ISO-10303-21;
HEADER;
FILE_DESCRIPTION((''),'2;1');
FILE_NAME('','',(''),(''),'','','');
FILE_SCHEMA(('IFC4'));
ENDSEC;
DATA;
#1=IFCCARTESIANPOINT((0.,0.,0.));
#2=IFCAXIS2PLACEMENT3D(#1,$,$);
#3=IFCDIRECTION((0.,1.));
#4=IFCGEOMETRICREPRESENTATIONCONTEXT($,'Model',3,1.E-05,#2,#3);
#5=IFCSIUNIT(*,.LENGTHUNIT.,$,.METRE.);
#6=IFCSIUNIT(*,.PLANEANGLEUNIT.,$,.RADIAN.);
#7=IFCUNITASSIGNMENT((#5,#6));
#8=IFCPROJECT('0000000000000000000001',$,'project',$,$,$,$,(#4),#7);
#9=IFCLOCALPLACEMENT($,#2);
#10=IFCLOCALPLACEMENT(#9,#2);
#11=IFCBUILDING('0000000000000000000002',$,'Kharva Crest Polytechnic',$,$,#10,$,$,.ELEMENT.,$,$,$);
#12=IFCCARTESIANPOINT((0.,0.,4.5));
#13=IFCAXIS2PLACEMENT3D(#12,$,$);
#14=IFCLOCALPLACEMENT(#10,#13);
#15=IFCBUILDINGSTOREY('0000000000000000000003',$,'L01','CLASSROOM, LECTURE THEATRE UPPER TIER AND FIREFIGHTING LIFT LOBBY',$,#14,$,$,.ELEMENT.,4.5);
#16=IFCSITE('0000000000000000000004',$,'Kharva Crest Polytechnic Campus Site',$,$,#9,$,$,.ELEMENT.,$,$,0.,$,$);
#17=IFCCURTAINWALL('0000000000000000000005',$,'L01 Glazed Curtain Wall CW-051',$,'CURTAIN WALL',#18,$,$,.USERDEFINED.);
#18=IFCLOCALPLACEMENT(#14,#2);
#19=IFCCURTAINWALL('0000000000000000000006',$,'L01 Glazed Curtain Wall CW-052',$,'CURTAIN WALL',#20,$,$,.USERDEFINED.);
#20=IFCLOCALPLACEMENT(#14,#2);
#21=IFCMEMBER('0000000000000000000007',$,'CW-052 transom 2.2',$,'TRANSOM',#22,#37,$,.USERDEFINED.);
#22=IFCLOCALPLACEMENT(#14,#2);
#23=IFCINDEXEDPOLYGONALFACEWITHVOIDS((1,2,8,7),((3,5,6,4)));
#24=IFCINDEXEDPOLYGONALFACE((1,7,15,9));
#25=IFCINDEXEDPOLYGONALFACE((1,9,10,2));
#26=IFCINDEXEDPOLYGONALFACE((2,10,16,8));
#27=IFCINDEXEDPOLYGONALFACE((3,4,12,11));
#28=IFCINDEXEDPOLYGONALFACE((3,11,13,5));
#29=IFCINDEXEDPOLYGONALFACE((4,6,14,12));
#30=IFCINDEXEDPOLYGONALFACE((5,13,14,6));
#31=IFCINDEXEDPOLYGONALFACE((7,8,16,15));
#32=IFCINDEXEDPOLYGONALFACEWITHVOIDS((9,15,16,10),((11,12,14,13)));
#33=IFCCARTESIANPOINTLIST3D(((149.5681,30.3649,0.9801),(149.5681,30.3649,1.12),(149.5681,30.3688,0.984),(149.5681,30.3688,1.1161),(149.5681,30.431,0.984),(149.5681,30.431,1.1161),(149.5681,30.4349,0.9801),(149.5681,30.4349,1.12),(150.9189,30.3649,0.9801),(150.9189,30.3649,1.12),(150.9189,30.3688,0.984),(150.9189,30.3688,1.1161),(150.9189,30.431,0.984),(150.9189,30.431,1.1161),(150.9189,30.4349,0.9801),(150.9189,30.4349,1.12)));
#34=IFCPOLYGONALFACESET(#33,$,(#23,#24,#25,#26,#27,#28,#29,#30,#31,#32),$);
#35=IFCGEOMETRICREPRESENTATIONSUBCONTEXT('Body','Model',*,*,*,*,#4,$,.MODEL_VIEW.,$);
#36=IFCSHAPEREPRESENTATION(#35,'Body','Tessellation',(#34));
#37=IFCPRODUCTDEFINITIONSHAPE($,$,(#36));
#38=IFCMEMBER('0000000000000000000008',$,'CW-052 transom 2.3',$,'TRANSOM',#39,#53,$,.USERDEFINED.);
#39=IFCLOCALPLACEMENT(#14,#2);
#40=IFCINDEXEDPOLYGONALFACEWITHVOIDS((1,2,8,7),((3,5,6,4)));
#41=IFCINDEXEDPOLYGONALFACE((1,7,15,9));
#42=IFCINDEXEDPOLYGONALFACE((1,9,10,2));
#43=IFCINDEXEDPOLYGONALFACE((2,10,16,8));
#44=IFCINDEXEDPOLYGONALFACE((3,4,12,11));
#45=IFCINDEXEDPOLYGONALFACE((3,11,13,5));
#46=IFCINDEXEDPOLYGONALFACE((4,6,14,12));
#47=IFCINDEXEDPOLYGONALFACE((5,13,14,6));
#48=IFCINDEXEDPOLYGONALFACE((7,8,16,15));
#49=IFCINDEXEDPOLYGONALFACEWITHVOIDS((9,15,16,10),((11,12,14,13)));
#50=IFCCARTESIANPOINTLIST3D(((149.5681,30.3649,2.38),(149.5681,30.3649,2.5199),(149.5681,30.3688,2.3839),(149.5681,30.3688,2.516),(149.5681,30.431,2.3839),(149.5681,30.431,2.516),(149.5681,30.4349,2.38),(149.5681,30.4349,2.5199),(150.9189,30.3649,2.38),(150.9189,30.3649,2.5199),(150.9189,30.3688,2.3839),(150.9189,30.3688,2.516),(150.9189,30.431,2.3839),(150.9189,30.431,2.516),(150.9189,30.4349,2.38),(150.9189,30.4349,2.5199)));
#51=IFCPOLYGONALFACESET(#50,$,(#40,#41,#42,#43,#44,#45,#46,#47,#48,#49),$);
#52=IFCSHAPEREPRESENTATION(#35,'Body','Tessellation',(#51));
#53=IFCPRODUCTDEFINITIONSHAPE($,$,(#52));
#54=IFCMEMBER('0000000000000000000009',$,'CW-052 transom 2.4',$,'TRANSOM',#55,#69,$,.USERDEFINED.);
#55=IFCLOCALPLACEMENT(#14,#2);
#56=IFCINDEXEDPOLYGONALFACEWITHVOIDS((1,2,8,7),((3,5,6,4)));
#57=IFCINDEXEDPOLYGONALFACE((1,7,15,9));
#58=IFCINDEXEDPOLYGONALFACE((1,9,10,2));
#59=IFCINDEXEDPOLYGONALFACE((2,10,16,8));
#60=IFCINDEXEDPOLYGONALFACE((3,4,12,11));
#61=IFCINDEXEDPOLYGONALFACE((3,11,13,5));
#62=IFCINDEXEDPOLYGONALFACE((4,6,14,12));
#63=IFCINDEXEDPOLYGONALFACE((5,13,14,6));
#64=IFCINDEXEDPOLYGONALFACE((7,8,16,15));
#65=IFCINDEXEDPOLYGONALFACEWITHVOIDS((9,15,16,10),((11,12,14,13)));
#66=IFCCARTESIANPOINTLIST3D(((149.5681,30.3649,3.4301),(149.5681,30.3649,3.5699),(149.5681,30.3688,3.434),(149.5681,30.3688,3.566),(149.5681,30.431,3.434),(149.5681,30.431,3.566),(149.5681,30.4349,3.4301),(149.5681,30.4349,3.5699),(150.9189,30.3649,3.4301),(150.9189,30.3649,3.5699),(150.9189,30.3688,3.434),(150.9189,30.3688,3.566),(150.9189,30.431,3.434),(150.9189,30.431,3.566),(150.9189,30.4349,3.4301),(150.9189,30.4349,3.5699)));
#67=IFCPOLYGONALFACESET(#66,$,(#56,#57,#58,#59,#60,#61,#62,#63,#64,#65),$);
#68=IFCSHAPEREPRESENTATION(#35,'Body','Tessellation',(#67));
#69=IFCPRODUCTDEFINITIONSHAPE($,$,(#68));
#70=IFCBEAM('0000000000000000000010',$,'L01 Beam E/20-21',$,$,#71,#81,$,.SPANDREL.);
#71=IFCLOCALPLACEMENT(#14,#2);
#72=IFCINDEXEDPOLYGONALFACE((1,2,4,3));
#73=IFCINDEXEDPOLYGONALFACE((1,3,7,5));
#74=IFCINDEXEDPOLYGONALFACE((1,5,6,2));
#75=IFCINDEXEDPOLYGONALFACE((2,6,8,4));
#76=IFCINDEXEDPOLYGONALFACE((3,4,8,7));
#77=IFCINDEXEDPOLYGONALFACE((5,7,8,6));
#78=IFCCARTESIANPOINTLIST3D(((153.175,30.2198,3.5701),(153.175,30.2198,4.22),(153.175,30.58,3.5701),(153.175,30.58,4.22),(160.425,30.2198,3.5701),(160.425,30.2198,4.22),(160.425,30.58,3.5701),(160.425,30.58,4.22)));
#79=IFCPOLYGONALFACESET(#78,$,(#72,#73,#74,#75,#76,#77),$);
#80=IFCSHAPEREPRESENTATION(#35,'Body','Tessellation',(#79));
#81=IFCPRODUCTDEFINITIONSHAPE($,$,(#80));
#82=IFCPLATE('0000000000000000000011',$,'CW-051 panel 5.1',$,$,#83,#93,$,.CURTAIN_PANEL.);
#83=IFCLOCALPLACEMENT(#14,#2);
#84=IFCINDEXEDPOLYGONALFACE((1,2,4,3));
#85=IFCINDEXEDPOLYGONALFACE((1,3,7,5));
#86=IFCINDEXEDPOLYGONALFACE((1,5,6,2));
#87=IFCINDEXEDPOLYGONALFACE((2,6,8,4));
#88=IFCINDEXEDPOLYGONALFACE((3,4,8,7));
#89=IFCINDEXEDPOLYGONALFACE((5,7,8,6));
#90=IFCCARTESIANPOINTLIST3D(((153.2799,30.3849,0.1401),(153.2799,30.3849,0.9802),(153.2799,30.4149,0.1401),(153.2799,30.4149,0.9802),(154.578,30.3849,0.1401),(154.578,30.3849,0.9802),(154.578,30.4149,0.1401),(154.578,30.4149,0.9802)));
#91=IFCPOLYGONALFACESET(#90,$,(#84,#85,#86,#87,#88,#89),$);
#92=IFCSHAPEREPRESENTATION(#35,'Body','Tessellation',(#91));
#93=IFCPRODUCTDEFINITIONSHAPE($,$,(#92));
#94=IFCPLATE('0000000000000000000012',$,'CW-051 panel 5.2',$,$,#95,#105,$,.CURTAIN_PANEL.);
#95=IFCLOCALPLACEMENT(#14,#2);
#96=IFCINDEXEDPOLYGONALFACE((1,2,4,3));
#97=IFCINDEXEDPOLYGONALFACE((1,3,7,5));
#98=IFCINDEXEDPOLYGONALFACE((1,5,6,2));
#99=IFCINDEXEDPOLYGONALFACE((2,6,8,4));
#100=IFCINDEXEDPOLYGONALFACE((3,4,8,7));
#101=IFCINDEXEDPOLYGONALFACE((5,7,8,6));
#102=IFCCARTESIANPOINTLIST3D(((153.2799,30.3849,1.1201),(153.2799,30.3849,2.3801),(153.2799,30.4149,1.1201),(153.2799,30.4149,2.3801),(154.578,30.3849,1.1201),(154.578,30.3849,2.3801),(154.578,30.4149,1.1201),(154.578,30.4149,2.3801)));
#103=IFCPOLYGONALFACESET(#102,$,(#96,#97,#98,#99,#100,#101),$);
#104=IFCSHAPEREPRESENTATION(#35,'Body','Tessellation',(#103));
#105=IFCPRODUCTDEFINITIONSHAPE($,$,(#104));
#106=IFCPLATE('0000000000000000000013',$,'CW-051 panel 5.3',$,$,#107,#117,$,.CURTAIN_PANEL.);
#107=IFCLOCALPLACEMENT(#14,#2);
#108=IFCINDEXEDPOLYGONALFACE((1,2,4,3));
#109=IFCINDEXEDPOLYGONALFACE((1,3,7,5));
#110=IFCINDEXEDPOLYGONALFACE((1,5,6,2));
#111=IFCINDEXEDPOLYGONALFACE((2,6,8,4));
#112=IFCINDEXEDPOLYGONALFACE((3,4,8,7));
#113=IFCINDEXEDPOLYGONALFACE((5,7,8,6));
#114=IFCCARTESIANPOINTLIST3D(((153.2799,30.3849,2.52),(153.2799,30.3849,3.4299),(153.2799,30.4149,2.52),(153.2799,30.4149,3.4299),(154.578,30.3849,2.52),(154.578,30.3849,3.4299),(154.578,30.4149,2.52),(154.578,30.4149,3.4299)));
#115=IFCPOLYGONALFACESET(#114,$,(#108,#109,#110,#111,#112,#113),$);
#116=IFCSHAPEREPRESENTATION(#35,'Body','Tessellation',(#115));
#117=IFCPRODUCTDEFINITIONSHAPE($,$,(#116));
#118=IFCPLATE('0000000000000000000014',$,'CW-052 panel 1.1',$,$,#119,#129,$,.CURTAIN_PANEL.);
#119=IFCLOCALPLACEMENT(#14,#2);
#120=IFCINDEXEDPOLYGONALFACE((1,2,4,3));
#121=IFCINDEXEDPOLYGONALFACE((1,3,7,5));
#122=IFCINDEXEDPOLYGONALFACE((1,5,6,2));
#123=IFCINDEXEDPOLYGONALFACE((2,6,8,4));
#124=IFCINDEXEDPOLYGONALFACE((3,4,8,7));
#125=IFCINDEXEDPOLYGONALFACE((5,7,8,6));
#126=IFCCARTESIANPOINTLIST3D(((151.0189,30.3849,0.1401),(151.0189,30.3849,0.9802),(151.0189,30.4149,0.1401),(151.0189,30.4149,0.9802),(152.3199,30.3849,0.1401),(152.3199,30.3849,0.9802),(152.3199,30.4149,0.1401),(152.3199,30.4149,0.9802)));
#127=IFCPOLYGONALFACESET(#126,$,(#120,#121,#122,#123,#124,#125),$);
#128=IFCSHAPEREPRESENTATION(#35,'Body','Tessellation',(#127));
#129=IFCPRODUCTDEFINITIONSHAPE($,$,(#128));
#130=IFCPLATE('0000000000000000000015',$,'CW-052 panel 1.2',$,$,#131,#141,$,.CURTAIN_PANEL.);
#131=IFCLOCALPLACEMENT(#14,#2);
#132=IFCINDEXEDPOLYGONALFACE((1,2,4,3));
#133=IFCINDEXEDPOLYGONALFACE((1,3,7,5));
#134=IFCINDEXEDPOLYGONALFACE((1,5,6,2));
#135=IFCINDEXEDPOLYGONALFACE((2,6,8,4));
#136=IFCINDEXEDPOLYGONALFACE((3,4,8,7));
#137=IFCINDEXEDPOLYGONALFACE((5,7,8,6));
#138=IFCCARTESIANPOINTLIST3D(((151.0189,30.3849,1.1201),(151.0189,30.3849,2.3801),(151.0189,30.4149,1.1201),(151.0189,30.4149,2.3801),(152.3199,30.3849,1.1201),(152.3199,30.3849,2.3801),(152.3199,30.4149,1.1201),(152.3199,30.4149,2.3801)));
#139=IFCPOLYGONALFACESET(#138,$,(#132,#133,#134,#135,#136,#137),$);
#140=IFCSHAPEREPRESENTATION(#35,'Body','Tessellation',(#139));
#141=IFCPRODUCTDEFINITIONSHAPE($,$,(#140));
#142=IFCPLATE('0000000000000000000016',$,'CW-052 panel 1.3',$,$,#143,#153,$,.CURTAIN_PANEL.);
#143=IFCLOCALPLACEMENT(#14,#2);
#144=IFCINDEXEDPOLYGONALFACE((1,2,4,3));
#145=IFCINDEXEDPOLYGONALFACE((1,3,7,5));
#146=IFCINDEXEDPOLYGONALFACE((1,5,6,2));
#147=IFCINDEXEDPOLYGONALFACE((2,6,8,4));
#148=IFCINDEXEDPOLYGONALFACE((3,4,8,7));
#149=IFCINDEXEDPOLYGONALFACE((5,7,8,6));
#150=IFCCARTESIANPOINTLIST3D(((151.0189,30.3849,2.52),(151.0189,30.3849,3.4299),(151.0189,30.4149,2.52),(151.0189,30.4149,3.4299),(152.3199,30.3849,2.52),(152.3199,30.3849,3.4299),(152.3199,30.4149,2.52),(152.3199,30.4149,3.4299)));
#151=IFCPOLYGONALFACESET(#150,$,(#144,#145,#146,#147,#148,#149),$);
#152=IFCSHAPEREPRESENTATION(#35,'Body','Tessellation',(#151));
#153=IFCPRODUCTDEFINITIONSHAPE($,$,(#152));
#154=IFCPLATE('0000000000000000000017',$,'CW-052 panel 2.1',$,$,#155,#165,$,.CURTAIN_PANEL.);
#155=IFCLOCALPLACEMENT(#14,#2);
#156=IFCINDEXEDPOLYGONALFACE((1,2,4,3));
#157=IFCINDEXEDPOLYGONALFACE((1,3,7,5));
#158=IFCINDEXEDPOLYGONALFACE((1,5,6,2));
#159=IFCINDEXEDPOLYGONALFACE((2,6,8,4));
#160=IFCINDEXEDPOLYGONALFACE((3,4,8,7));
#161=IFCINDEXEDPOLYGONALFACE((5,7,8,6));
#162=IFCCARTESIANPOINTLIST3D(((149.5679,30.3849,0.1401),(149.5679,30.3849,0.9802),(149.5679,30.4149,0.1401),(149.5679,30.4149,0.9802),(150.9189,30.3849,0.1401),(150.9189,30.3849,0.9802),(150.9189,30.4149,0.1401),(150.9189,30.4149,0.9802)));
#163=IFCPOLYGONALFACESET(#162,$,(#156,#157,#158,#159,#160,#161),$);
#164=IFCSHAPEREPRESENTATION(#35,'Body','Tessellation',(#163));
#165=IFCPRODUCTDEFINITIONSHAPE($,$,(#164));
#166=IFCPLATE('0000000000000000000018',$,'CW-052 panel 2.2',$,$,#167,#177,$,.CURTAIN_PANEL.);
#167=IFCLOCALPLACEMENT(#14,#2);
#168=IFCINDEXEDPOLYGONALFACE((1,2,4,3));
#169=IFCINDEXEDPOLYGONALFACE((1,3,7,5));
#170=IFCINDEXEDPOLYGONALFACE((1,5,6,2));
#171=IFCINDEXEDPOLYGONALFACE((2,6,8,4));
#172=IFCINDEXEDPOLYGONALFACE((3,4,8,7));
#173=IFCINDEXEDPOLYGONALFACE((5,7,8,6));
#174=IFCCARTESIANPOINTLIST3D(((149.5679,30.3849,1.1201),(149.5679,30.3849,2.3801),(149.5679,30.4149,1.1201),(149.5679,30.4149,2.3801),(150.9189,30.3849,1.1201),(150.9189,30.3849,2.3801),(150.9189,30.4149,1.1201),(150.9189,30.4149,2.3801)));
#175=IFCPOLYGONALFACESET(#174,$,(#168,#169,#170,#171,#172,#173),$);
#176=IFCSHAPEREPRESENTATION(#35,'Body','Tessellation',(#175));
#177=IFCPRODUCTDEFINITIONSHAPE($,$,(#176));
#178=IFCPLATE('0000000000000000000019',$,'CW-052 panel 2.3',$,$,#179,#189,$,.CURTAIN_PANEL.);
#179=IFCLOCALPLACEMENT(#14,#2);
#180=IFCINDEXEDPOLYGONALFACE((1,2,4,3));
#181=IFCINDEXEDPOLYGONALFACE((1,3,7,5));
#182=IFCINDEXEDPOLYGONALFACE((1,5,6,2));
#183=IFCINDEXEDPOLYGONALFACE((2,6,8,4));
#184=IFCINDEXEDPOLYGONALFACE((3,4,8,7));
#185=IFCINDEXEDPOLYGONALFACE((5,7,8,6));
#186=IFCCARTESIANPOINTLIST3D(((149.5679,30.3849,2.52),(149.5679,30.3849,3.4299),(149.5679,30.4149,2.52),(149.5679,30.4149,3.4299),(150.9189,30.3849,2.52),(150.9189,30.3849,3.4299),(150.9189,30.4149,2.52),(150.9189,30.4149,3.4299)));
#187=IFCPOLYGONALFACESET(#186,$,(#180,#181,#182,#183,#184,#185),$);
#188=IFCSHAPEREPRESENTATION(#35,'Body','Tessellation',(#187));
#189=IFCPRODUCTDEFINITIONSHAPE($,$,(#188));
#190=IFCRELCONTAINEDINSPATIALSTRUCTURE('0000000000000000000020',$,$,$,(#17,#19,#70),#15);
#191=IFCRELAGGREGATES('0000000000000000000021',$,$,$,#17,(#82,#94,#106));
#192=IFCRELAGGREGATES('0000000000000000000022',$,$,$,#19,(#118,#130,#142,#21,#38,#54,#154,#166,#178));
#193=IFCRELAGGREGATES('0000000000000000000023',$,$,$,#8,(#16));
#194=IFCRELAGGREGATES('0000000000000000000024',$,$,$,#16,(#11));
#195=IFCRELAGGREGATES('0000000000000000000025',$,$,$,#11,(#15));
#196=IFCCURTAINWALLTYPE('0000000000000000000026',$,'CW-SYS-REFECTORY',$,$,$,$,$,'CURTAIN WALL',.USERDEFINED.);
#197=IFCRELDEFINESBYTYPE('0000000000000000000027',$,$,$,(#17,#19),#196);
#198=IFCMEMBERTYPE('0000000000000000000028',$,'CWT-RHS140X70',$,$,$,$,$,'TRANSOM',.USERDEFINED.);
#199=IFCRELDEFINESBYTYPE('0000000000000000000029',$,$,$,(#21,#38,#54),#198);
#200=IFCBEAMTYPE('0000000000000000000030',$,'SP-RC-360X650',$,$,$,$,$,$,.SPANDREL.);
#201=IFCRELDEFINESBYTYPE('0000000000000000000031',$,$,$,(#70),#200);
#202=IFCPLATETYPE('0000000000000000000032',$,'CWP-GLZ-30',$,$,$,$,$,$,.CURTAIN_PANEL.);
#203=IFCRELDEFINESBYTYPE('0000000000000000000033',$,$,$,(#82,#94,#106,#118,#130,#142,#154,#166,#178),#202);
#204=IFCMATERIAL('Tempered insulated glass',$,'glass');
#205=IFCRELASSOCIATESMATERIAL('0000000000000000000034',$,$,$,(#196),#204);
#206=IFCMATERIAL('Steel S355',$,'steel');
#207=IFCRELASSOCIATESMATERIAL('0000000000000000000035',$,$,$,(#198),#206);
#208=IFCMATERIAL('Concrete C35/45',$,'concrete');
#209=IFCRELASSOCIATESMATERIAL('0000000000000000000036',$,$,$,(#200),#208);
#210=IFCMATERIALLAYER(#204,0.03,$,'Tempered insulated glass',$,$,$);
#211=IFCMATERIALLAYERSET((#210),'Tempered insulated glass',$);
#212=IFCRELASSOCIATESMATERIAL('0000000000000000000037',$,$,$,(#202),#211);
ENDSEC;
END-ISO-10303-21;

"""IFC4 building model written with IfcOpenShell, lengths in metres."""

from ifc_helpers import new_model, si_unit, direction, frame, origin, origin_2d, place, context, subcontext, project, spatial, rectangle, hollow_rectangle, extrude, material, layer, layer_set, material_profile, profile_set, type_object, element, aggregate, save


model = new_model("IFC4")

# Units and contexts
model_context = context("Model", 3, precision=1e-05, world=origin(), true_north=direction((0.0, 1.0)))
body_context = subcontext(model_context, "Body", "Model", "MODEL_VIEW")
ifc_project = project(units=[si_unit("LENGTHUNIT", "METRE"), si_unit("PLANEANGLEUNIT", "RADIAN")], contexts=[model_context])

# Site, building, storey
site_placement = place(None, origin())
site = spatial("IfcSite", under=ifc_project, at=site_placement, Name="Kharva Crest Polytechnic Campus Site", CompositionType="ELEMENT", RefElevation=0.0)
building_placement = place(site_placement, origin())
building = spatial("IfcBuilding", under=site, at=building_placement, Name="Kharva Crest Polytechnic", CompositionType="ELEMENT")
storey_placement = place(building_placement, frame((0.0, 0.0, 4.5)))
storey = spatial("IfcBuildingStorey", under=building, at=storey_placement, Name="L01", Description="CLASSROOM, LECTURE THEATRE UPPER TIER AND FIREFIGHTING LIFT LOBBY", CompositionType="ELEMENT", Elevation=4.5)

# Shared definitions
ifc_material_1 = material(Name="Concrete C35/45", Category="concrete")

# Curtain wall
ifc_material_2 = material(Name="Tempered insulated glass", Category="glass")
curtain_wall_type = type_object("IfcCurtainWallType", Name="CW-SYS-REFECTORY", ElementType="CURTAIN WALL", PredefinedType="USERDEFINED", material=ifc_material_2)
curtain_wall_1_placement = place(storey_placement, origin())
curtain_wall_1 = element("IfcCurtainWall", 1, at=curtain_wall_1_placement, inside=storey, type_object=curtain_wall_type, Name="L01 Glazed Curtain Wall CW-051", ObjectType="CURTAIN WALL", PredefinedType="USERDEFINED")
ifc_material_3 = material(Name="Steel S355", Category="steel")

# Curtain wall, members
curtain_wall_2_placement = place(storey_placement, origin())
curtain_wall_2 = element("IfcCurtainWall", 2, at=curtain_wall_2_placement, inside=storey, type_object=curtain_wall_type, Name="L01 Glazed Curtain Wall CW-052", ObjectType="CURTAIN WALL", PredefinedType="USERDEFINED")
ifc_material_profile_1 = material_profile(ifc_material_3, hollow_rectangle(XDim=0.0701, YDim=0.1399, WallThickness=0.0039, at=origin_2d()), Name="RHS 140X70X4.0")
ifc_profile_set_1 = profile_set([ifc_material_profile_1], Name="Steel S355")
member_type_1 = type_object("IfcMemberType", Name="CWT-RHS140X70", ElementType="TRANSOM", PredefinedType="USERDEFINED", material=ifc_profile_set_1)
member_1_placement = place(storey_placement, frame((150.9189, 30.3999, 1.05), z_axis=(-1.0, 0.0, 0.0), x_axis=(0.0, -1.0, 0.0)))
member_1 = element("IfcMember", 3, at=member_1_placement, type_object=member_type_1, Name="CW-052 transom 2.2", ObjectType="TRANSOM", PredefinedType="USERDEFINED", context=body_context, shape_type="SweptSolid", body=[
    extrude(hollow_rectangle(XDim=0.0701, YDim=0.1399, WallThickness=0.0039, at=origin_2d()), origin(), (0.0, 0.0, 1.0), 1.3508),
])
member_2_placement = place(storey_placement, frame((150.9189, 30.3999, 2.45), z_axis=(-1.0, 0.0, 0.0), x_axis=(0.0, -1.0, 0.0)))
member_2 = element("IfcMember", 4, at=member_2_placement, type_object=member_type_1, Name="CW-052 transom 2.3", ObjectType="TRANSOM", PredefinedType="USERDEFINED", context=body_context, shape_type="SweptSolid", body=[
    extrude(hollow_rectangle(XDim=0.0701, YDim=0.1399, WallThickness=0.0039, at=origin_2d()), origin(), (0.0, 0.0, 1.0), 1.3508),
])
member_3_placement = place(storey_placement, frame((150.9189, 30.3999, 3.5), z_axis=(-1.0, 0.0, 0.0), x_axis=(0.0, -1.0, 0.0)))
member_3 = element("IfcMember", 5, at=member_3_placement, type_object=member_type_1, Name="CW-052 transom 2.4", ObjectType="TRANSOM", PredefinedType="USERDEFINED", context=body_context, shape_type="SweptSolid", body=[
    extrude(hollow_rectangle(XDim=0.0701, YDim=0.1399, WallThickness=0.0039, at=origin_2d()), origin(), (0.0, 0.0, 1.0), 1.3508),
])

# Beam
ifc_material_profile_2 = material_profile(ifc_material_1, rectangle(XDim=0.3601, YDim=0.6499, at=origin_2d()), Name="RECT 360 X 650")
ifc_profile_set_2 = profile_set([ifc_material_profile_2], Name="Concrete C35/45")
beam_type_1 = type_object("IfcBeamType", Name="SP-RC-360X650", PredefinedType="SPANDREL", material=ifc_profile_set_2)
beam_1_placement = place(storey_placement, frame((153.175, 30.3999, 3.895), z_axis=(1.0, 0.0, 0.0), x_axis=(0.0, 1.0, 0.0)))
element("IfcBeam", 6, at=beam_1_placement, inside=storey, type_object=beam_type_1, Name="L01 Beam E/20-21", PredefinedType="SPANDREL", context=body_context, shape_type="SweptSolid", body=[
    extrude(rectangle(XDim=0.3601, YDim=0.6499, at=origin_2d()), origin(), (0.0, 0.0, 1.0), 7.25),
])

# Plates
ifc_layer = layer(ifc_material_2, 0.03, Name="Tempered insulated glass")
ifc_layer_set = layer_set([ifc_layer], Name="Tempered insulated glass")
plate_type = type_object("IfcPlateType", Name="CWP-GLZ-30", PredefinedType="CURTAIN_PANEL", material=ifc_layer_set)
plate_1_placement = place(storey_placement, frame((153.929, 30.3999, 0.1401), z_axis=(0.0, 0.0, 1.0), x_axis=(-1.0, 0.0, 0.0)))
plate_1 = element("IfcPlate", 7, at=plate_1_placement, type_object=plate_type, Name="CW-051 panel 5.1", PredefinedType="CURTAIN_PANEL", context=body_context, shape_type="SweptSolid", body=[
    extrude(rectangle(XDim=1.2981, YDim=0.03, at=origin_2d()), origin(), (0.0, 0.0, 1.0), 0.8401),
])
plate_2_placement = place(storey_placement, frame((153.929, 30.3999, 1.1201), z_axis=(0.0, 0.0, 1.0), x_axis=(-1.0, 0.0, 0.0)))
plate_2 = element("IfcPlate", 8, at=plate_2_placement, type_object=plate_type, Name="CW-051 panel 5.2", PredefinedType="CURTAIN_PANEL", context=body_context, shape_type="SweptSolid", body=[
    extrude(rectangle(XDim=1.2981, YDim=0.03, at=origin_2d()), origin(), (0.0, 0.0, 1.0), 1.26),
])
plate_3_placement = place(storey_placement, frame((153.929, 30.3999, 2.52), z_axis=(0.0, 0.0, 1.0), x_axis=(-1.0, 0.0, 0.0)))
plate_3 = element("IfcPlate", 9, at=plate_3_placement, type_object=plate_type, Name="CW-051 panel 5.3", PredefinedType="CURTAIN_PANEL", context=body_context, shape_type="SweptSolid", body=[
    extrude(rectangle(XDim=1.2981, YDim=0.03, at=origin_2d()), origin(), (0.0, 0.0, 1.0), 0.9099),
])
aggregate(curtain_wall_1, [plate_1, plate_2, plate_3])
plate_4_placement = place(storey_placement, frame((151.6694, 30.3999, 0.1401), z_axis=(0.0, 0.0, 1.0), x_axis=(-1.0, 0.0, 0.0)))
plate_4 = element("IfcPlate", 10, at=plate_4_placement, type_object=plate_type, Name="CW-052 panel 1.1", PredefinedType="CURTAIN_PANEL", context=body_context, shape_type="SweptSolid", body=[
    extrude(rectangle(XDim=1.301, YDim=0.03, at=origin_2d()), origin(), (0.0, 0.0, 1.0), 0.8401),
])
plate_5_placement = place(storey_placement, frame((151.6694, 30.3999, 1.1201), z_axis=(0.0, 0.0, 1.0), x_axis=(-1.0, 0.0, 0.0)))
plate_5 = element("IfcPlate", 11, at=plate_5_placement, type_object=plate_type, Name="CW-052 panel 1.2", PredefinedType="CURTAIN_PANEL", context=body_context, shape_type="SweptSolid", body=[
    extrude(rectangle(XDim=1.301, YDim=0.03, at=origin_2d()), origin(), (0.0, 0.0, 1.0), 1.26),
])
plate_6_placement = place(storey_placement, frame((151.6694, 30.3999, 2.52), z_axis=(0.0, 0.0, 1.0), x_axis=(-1.0, 0.0, 0.0)))
plate_6 = element("IfcPlate", 12, at=plate_6_placement, type_object=plate_type, Name="CW-052 panel 1.3", PredefinedType="CURTAIN_PANEL", context=body_context, shape_type="SweptSolid", body=[
    extrude(rectangle(XDim=1.301, YDim=0.03, at=origin_2d()), origin(), (0.0, 0.0, 1.0), 0.9099),
])
plate_7_placement = place(storey_placement, frame((150.2434, 30.3999, 0.1401), z_axis=(0.0, 0.0, 1.0), x_axis=(-1.0, 0.0, 0.0)))
plate_7 = element("IfcPlate", 13, at=plate_7_placement, type_object=plate_type, Name="CW-052 panel 2.1", PredefinedType="CURTAIN_PANEL", context=body_context, shape_type="SweptSolid", body=[
    extrude(rectangle(XDim=1.3511, YDim=0.03, at=origin_2d()), origin(), (0.0, 0.0, 1.0), 0.8401),
])
plate_8_placement = place(storey_placement, frame((150.2434, 30.3999, 1.1201), z_axis=(0.0, 0.0, 1.0), x_axis=(-1.0, 0.0, 0.0)))
plate_8 = element("IfcPlate", 14, at=plate_8_placement, type_object=plate_type, Name="CW-052 panel 2.2", PredefinedType="CURTAIN_PANEL", context=body_context, shape_type="SweptSolid", body=[
    extrude(rectangle(XDim=1.3511, YDim=0.03, at=origin_2d()), origin(), (0.0, 0.0, 1.0), 1.26),
])
plate_9_placement = place(storey_placement, frame((150.2434, 30.3999, 2.52), z_axis=(0.0, 0.0, 1.0), x_axis=(-1.0, 0.0, 0.0)))
plate_9 = element("IfcPlate", 15, at=plate_9_placement, type_object=plate_type, Name="CW-052 panel 2.3", PredefinedType="CURTAIN_PANEL", context=body_context, shape_type="SweptSolid", body=[
    extrude(rectangle(XDim=1.3511, YDim=0.03, at=origin_2d()), origin(), (0.0, 0.0, 1.0), 0.9099),
])
aggregate(curtain_wall_2, [plate_4, plate_5, plate_6, member_1, member_2, member_3, plate_7, plate_8, plate_9])

save(model, "model.ifc")
